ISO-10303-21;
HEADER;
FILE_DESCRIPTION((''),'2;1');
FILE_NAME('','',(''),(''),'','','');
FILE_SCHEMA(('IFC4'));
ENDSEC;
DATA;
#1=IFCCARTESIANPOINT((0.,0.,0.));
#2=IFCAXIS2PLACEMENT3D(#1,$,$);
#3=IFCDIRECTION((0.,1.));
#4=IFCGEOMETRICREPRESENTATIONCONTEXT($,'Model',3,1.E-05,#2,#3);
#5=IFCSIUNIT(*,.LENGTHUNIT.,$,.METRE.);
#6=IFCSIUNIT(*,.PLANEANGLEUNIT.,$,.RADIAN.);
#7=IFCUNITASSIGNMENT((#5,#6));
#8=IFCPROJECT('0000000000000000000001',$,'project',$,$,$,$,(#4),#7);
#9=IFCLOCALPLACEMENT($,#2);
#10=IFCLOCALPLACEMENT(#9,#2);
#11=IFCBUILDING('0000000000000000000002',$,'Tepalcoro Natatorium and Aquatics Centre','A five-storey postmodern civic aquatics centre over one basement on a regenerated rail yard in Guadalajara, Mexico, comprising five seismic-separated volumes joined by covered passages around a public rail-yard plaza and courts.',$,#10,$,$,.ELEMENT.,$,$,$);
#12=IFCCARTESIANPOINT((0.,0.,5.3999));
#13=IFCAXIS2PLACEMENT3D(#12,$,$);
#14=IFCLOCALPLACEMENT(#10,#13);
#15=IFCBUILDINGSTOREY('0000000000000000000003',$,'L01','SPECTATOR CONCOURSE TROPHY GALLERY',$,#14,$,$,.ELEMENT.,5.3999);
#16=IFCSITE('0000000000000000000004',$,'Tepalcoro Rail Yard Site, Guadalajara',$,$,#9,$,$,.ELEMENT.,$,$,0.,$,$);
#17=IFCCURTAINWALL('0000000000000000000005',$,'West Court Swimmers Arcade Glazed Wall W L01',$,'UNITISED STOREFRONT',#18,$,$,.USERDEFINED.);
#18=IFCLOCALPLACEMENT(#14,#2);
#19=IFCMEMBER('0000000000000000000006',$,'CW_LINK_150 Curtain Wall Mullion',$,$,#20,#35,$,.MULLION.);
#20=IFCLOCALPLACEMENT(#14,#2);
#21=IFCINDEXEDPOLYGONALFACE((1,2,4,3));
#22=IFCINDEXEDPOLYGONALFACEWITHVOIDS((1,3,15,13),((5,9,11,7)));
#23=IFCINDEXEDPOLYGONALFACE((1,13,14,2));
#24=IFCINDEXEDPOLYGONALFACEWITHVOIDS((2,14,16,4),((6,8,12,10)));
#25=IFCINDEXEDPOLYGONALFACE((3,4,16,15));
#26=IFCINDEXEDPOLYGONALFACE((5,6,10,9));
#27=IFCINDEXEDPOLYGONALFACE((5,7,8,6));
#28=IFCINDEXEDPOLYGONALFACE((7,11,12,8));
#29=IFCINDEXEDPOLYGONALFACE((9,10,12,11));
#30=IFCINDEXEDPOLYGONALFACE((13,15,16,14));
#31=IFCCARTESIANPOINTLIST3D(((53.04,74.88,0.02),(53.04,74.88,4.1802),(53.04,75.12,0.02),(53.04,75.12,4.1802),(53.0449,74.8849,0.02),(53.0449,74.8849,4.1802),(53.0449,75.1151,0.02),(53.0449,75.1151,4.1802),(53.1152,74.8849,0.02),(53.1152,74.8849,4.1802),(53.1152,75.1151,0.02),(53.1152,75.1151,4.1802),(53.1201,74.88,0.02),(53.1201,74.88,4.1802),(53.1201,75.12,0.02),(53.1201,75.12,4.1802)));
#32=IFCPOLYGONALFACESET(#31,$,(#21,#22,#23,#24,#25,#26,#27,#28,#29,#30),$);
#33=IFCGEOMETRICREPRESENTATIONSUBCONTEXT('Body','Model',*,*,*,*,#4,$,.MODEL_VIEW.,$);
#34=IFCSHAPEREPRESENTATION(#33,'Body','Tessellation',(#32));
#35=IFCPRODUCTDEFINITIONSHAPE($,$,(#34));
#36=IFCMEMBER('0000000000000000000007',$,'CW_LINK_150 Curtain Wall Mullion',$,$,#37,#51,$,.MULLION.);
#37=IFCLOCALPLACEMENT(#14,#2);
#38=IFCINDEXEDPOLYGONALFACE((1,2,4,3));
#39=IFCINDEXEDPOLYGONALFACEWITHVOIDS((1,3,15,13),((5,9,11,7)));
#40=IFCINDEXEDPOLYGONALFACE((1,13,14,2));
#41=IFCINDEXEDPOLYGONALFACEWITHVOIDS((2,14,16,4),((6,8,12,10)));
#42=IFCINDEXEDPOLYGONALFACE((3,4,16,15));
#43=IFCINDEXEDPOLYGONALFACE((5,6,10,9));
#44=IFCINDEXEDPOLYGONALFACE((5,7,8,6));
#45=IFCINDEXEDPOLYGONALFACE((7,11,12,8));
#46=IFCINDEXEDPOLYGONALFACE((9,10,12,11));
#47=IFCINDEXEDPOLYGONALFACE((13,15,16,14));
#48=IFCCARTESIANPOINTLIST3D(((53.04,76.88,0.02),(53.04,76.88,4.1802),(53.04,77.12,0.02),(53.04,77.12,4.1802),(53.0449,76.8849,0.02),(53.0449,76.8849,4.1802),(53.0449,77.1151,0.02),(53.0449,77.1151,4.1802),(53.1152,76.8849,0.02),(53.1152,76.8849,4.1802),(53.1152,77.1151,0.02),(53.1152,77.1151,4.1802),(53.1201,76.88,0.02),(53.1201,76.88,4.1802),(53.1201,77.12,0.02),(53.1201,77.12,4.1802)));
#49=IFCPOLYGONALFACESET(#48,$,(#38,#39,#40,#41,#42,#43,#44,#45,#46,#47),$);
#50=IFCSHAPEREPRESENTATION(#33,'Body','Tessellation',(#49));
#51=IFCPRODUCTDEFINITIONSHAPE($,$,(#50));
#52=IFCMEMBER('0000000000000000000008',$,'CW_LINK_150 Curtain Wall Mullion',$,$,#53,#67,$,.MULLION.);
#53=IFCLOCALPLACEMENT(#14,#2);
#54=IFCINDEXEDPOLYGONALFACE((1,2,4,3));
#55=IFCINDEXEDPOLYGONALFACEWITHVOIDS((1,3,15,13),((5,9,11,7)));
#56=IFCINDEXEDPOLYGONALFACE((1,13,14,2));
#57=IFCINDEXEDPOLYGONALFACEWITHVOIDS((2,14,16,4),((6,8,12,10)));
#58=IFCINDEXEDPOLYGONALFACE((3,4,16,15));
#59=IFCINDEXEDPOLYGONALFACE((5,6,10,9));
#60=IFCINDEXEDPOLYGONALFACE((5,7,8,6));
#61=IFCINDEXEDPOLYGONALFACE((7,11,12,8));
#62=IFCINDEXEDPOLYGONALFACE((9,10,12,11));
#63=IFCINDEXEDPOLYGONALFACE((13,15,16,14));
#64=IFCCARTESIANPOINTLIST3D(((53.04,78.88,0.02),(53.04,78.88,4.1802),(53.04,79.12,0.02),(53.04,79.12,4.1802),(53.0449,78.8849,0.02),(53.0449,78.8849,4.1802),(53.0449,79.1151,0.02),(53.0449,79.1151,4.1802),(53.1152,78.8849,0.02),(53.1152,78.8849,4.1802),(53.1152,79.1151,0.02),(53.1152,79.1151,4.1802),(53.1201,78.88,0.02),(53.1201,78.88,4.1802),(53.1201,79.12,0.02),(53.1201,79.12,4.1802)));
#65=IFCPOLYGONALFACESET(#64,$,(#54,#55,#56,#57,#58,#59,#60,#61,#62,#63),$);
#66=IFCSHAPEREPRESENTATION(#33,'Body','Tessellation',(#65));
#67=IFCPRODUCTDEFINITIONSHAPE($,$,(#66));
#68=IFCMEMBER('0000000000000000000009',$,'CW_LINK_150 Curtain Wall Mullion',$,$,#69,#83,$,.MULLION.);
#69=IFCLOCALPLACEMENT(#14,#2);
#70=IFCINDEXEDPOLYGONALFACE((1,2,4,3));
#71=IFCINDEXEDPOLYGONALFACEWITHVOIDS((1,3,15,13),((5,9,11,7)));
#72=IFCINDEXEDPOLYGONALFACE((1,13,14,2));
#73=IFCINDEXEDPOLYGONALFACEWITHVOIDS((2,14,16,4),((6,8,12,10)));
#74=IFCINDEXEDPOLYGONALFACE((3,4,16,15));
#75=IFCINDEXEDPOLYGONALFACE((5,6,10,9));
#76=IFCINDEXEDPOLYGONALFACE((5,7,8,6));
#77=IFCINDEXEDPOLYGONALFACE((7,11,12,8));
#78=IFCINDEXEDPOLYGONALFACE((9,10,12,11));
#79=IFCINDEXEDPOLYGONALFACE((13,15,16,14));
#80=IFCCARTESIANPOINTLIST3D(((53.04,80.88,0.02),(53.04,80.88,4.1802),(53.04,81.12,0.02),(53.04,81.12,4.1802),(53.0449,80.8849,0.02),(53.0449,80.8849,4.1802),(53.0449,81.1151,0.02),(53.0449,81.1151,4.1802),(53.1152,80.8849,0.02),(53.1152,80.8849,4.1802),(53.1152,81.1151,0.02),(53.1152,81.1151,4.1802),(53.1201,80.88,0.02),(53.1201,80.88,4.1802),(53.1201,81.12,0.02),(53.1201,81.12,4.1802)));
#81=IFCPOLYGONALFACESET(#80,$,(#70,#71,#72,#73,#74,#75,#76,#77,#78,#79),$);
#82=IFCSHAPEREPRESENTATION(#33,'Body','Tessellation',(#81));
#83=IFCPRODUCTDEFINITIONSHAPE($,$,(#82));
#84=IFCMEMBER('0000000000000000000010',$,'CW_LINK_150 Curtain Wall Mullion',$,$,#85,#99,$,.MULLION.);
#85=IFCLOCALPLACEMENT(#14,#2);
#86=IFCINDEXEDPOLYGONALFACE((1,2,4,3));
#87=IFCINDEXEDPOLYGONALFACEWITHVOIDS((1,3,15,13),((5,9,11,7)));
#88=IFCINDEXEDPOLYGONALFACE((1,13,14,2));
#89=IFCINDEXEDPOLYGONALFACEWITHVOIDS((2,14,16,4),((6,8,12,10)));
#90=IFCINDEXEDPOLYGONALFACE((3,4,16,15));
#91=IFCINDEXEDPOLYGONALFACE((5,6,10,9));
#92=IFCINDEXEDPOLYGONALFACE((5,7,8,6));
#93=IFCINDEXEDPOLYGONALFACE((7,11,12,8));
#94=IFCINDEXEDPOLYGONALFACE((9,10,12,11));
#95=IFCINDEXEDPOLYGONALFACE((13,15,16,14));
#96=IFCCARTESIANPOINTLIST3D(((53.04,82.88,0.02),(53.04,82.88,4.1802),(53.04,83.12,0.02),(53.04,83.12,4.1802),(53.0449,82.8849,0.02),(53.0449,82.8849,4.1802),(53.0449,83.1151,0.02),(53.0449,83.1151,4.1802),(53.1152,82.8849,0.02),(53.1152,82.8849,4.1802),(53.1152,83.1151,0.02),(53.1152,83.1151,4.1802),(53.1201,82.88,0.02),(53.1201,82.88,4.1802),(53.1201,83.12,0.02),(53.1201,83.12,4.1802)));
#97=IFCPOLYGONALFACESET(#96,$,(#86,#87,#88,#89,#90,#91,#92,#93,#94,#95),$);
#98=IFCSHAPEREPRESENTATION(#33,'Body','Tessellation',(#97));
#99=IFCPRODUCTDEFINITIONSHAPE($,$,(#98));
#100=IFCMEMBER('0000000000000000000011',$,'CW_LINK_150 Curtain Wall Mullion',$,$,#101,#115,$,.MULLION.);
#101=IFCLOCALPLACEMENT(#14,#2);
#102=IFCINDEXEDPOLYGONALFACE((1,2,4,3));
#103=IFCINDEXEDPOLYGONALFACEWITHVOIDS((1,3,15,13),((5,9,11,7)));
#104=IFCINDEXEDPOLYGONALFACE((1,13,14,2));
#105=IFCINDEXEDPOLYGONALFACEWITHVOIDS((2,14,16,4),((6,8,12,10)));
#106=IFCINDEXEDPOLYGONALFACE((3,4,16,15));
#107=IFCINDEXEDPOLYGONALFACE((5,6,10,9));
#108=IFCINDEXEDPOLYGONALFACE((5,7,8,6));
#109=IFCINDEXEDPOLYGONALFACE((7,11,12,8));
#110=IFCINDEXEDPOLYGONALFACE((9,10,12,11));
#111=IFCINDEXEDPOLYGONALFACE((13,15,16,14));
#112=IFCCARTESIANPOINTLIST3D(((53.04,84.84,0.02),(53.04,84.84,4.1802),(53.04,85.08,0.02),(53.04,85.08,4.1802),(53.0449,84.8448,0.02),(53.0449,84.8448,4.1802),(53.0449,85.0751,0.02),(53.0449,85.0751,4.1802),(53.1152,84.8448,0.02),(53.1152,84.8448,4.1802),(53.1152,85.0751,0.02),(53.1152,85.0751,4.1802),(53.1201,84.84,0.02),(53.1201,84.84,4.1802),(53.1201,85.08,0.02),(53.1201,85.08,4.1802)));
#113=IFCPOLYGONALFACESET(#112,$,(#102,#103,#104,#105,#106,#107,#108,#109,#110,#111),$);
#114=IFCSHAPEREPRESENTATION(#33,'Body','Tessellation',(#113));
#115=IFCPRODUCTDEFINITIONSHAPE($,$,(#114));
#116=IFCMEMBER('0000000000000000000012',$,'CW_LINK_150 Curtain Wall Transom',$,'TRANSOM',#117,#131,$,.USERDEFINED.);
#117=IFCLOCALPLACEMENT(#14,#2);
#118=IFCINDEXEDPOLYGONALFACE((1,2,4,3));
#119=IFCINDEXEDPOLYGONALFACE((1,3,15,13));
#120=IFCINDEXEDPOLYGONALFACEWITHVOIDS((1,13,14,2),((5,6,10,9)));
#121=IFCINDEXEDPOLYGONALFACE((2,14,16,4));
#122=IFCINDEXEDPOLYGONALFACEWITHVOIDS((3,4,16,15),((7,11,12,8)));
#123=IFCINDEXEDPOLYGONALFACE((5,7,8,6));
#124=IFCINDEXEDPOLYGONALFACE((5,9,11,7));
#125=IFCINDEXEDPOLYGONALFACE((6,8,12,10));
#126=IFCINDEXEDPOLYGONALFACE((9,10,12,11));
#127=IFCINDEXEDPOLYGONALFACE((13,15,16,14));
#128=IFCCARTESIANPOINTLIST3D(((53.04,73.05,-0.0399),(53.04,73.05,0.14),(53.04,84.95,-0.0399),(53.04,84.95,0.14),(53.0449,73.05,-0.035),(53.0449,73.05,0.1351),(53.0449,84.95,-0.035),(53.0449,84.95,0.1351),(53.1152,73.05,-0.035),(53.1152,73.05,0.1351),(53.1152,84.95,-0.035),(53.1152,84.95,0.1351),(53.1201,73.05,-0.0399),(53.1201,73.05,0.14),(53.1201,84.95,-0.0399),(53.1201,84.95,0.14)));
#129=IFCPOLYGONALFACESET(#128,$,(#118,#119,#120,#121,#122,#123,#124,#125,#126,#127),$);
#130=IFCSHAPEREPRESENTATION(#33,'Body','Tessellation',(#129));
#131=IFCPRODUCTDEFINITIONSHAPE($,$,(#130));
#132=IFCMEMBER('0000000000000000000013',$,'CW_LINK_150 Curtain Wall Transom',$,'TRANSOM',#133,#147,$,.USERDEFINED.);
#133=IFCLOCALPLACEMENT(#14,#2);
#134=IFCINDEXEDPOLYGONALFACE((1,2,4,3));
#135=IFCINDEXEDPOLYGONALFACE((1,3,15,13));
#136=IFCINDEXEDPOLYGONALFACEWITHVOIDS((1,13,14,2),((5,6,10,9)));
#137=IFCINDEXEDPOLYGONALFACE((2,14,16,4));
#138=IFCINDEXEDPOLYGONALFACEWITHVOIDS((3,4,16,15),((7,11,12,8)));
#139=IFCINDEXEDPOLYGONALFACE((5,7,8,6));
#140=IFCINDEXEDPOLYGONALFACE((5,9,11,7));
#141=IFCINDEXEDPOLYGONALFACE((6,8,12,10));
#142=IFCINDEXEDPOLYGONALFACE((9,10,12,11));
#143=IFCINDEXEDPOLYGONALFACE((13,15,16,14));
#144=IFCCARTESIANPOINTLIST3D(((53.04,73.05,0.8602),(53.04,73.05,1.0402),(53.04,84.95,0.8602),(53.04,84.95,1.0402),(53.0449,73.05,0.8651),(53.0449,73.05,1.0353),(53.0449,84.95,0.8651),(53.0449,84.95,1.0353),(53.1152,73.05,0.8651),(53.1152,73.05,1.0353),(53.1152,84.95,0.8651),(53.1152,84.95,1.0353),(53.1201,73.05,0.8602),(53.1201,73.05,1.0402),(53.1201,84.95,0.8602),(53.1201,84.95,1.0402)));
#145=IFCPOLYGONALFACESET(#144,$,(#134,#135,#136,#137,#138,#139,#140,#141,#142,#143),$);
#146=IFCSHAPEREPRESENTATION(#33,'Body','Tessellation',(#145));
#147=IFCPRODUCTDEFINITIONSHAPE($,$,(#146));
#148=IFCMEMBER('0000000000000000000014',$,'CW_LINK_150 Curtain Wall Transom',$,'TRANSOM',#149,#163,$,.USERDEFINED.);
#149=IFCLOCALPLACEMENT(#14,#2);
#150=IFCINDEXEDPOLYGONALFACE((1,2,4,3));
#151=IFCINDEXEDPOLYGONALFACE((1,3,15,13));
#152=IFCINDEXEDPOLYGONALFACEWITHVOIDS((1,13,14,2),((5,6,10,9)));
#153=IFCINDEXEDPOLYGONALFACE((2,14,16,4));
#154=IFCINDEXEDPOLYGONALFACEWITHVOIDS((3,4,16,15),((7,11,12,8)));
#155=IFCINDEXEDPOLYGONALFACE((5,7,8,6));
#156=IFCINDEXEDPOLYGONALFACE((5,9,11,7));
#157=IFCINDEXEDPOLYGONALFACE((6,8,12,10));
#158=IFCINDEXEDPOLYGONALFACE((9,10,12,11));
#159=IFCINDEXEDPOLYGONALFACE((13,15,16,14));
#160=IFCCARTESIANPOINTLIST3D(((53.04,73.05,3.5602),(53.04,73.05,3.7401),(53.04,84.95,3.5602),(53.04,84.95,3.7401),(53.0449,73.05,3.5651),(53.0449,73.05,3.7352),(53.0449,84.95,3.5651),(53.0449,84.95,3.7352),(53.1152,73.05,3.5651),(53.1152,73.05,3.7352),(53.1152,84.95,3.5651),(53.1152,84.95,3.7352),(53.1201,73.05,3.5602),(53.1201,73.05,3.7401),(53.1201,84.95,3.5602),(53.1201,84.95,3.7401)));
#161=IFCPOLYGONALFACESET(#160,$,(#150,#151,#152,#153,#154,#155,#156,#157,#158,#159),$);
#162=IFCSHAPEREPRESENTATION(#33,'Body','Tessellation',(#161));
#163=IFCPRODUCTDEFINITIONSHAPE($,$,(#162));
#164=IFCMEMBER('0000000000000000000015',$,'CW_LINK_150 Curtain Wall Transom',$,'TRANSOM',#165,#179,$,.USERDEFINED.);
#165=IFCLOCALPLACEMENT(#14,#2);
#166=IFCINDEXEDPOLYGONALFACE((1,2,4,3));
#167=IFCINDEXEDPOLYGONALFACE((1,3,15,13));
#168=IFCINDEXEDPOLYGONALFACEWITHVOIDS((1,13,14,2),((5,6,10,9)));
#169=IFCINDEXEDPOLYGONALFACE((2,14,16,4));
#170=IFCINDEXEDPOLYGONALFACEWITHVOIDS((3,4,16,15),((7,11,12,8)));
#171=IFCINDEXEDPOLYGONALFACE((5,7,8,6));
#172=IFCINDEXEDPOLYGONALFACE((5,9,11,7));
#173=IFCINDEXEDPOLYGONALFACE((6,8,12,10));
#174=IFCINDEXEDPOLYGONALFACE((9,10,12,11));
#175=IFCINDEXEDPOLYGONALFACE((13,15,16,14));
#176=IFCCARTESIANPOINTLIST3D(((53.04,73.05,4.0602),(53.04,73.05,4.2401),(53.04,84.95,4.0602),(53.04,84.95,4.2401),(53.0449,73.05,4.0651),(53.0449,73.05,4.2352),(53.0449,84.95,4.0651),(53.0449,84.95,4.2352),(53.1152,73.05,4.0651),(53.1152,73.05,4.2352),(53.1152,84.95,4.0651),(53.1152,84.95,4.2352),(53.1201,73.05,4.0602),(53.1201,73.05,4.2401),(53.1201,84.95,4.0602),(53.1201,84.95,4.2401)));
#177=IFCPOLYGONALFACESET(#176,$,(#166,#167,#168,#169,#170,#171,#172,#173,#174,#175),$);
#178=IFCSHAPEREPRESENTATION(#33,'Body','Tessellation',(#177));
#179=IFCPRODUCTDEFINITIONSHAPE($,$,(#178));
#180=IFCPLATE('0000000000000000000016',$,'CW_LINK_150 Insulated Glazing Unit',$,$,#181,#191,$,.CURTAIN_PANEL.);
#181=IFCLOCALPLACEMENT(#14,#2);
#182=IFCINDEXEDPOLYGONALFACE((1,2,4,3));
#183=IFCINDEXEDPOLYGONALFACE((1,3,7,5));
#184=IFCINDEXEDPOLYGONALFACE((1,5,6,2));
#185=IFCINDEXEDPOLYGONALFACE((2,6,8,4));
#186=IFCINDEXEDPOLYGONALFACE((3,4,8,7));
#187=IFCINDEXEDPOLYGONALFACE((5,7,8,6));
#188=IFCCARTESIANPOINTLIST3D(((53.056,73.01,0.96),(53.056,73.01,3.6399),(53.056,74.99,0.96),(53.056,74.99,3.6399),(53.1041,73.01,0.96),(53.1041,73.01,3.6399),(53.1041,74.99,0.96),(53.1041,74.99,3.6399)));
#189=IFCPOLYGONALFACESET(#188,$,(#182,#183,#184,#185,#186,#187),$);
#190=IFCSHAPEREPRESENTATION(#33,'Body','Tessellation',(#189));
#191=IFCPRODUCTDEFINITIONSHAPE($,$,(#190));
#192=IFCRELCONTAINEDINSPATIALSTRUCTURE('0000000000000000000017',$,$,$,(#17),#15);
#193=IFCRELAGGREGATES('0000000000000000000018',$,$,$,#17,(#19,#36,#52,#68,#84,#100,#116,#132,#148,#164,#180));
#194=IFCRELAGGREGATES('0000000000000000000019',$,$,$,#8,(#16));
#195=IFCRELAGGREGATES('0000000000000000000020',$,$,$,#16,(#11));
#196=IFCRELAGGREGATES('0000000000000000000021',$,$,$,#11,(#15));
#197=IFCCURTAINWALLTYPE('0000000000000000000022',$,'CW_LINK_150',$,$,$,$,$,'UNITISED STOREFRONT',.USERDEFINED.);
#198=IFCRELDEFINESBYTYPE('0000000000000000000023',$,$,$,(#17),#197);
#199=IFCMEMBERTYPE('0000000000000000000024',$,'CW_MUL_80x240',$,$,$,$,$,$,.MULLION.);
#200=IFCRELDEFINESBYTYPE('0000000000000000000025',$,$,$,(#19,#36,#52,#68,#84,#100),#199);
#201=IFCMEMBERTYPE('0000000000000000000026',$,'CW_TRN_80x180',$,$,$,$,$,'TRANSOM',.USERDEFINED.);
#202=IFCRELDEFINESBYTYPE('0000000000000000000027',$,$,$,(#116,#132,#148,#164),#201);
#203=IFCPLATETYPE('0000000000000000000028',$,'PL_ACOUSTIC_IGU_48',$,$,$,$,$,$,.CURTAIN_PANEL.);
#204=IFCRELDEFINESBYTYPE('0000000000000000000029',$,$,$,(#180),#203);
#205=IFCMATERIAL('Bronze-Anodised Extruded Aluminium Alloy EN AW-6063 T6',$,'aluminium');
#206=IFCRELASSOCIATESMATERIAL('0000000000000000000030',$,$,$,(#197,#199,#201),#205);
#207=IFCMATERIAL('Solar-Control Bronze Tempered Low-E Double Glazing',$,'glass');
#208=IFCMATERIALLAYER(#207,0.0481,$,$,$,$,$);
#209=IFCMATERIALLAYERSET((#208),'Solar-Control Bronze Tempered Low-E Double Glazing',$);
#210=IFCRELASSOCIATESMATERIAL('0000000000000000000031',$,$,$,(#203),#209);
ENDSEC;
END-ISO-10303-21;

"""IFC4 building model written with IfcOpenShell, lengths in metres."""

from ifc_helpers import new_model, si_unit, direction, frame, origin, origin_2d, place, context, subcontext, project, spatial, rectangle, hollow_rectangle, extrude, material, layer, layer_set, material_profile, profile_set, type_object, element, aggregate, save


model = new_model("IFC4")

# Units and contexts
model_context = context("Model", 3, precision=1e-05, world=origin(), true_north=direction((0.0, 1.0)))
body_context = subcontext(model_context, "Body", "Model", "MODEL_VIEW")
ifc_project = project(units=[si_unit("LENGTHUNIT", "METRE"), si_unit("PLANEANGLEUNIT", "RADIAN")], contexts=[model_context])

# Site, building, storey
site_placement = place(None, origin())
site = spatial("IfcSite", under=ifc_project, at=site_placement, Name="Tepalcoro Rail Yard Site, Guadalajara", CompositionType="ELEMENT", RefElevation=0.0)
building_placement = place(site_placement, origin())
building = spatial("IfcBuilding", under=site, at=building_placement, Name="Tepalcoro Natatorium and Aquatics Centre", Description="A five-storey postmodern civic aquatics centre over one basement on a regenerated rail yard in Guadalajara, Mexico, comprising five seismic-separated volumes joined by covered passages around a public rail-yard plaza and courts.", CompositionType="ELEMENT")
storey_placement = place(building_placement, frame((0.0, 0.0, 5.3999)))
storey = spatial("IfcBuildingStorey", under=building, at=storey_placement, Name="L01", Description="SPECTATOR CONCOURSE TROPHY GALLERY", CompositionType="ELEMENT", Elevation=5.3999)

# Curtain wall, members, plate
ifc_material_1 = material(Name="Bronze-Anodised Extruded Aluminium Alloy EN AW-6063 T6", Category="aluminium")
curtain_wall_type = type_object("IfcCurtainWallType", Name="CW_LINK_150", ElementType="UNITISED STOREFRONT", PredefinedType="USERDEFINED", material=ifc_material_1)
curtain_wall_placement = place(storey_placement, origin())
curtain_wall = element("IfcCurtainWall", 1, at=curtain_wall_placement, inside=storey, type_object=curtain_wall_type, Name="West Court Swimmers Arcade Glazed Wall W L01", ObjectType="UNITISED STOREFRONT", PredefinedType="USERDEFINED")
ifc_material_profile_1 = material_profile(ifc_material_1, hollow_rectangle(XDim=0.0801, YDim=0.24, WallThickness=0.0049, at=origin_2d()), Name="AL80X240X5")
ifc_profile_set_1 = profile_set([ifc_material_profile_1], Name="Bronze-Anodised Extruded Aluminium Alloy EN AW-6063 T6")
member_type_1 = type_object("IfcMemberType", Name="CW_MUL_80x240", PredefinedType="MULLION", material=ifc_profile_set_1)
member_1_placement = place(storey_placement, frame((53.0801, 75.0, 0.02), z_axis=(0.0, 0.0, 1.0), x_axis=(1.0, 0.0, 0.0)))
member_1 = element("IfcMember", 2, at=member_1_placement, type_object=member_type_1, Name="CW_LINK_150 Curtain Wall Mullion", PredefinedType="MULLION", context=body_context, shape_type="SweptSolid", body=[
    extrude(hollow_rectangle(XDim=0.0801, YDim=0.24, WallThickness=0.0049, at=origin_2d()), origin(), (0.0, 0.0, 1.0), 4.1602),
])
member_2_placement = place(storey_placement, frame((53.0801, 77.0, 0.02), z_axis=(0.0, 0.0, 1.0), x_axis=(1.0, 0.0, 0.0)))
member_2 = element("IfcMember", 3, at=member_2_placement, type_object=member_type_1, Name="CW_LINK_150 Curtain Wall Mullion", PredefinedType="MULLION", context=body_context, shape_type="SweptSolid", body=[
    extrude(hollow_rectangle(XDim=0.0801, YDim=0.24, WallThickness=0.0049, at=origin_2d()), origin(), (0.0, 0.0, 1.0), 4.1602),
])
member_3_placement = place(storey_placement, frame((53.0801, 79.0, 0.02), z_axis=(0.0, 0.0, 1.0), x_axis=(1.0, 0.0, 0.0)))
member_3 = element("IfcMember", 4, at=member_3_placement, type_object=member_type_1, Name="CW_LINK_150 Curtain Wall Mullion", PredefinedType="MULLION", context=body_context, shape_type="SweptSolid", body=[
    extrude(hollow_rectangle(XDim=0.0801, YDim=0.24, WallThickness=0.0049, at=origin_2d()), origin(), (0.0, 0.0, 1.0), 4.1602),
])
member_4_placement = place(storey_placement, frame((53.0801, 81.0, 0.02), z_axis=(0.0, 0.0, 1.0), x_axis=(1.0, 0.0, 0.0)))
member_4 = element("IfcMember", 5, at=member_4_placement, type_object=member_type_1, Name="CW_LINK_150 Curtain Wall Mullion", PredefinedType="MULLION", context=body_context, shape_type="SweptSolid", body=[
    extrude(hollow_rectangle(XDim=0.0801, YDim=0.24, WallThickness=0.0049, at=origin_2d()), origin(), (0.0, 0.0, 1.0), 4.1602),
])
member_5_placement = place(storey_placement, frame((53.0801, 83.0, 0.02), z_axis=(0.0, 0.0, 1.0), x_axis=(1.0, 0.0, 0.0)))
member_5 = element("IfcMember", 6, at=member_5_placement, type_object=member_type_1, Name="CW_LINK_150 Curtain Wall Mullion", PredefinedType="MULLION", context=body_context, shape_type="SweptSolid", body=[
    extrude(hollow_rectangle(XDim=0.0801, YDim=0.24, WallThickness=0.0049, at=origin_2d()), origin(), (0.0, 0.0, 1.0), 4.1602),
])
member_6_placement = place(storey_placement, frame((53.0801, 84.96, 0.02), z_axis=(0.0, 0.0, 1.0), x_axis=(1.0, 0.0, 0.0)))
member_6 = element("IfcMember", 7, at=member_6_placement, type_object=member_type_1, Name="CW_LINK_150 Curtain Wall Mullion", PredefinedType="MULLION", context=body_context, shape_type="SweptSolid", body=[
    extrude(hollow_rectangle(XDim=0.0801, YDim=0.24, WallThickness=0.0049, at=origin_2d()), origin(), (0.0, 0.0, 1.0), 4.1602),
])
ifc_material_profile_2 = material_profile(ifc_material_1, hollow_rectangle(XDim=0.0801, YDim=0.1799, WallThickness=0.0049, at=origin_2d()), Name="AL80X180X5")
ifc_profile_set_2 = profile_set([ifc_material_profile_2], Name="Bronze-Anodised Extruded Aluminium Alloy EN AW-6063 T6")
member_type_2 = type_object("IfcMemberType", Name="CW_TRN_80x180", ElementType="TRANSOM", PredefinedType="USERDEFINED", material=ifc_profile_set_2)
member_7_placement = place(storey_placement, frame((53.0801, 73.05, 0.05), z_axis=(0.0, 1.0, 0.0), x_axis=(-1.0, 0.0, 0.0)))
member_7 = element("IfcMember", 8, at=member_7_placement, type_object=member_type_2, Name="CW_LINK_150 Curtain Wall Transom", ObjectType="TRANSOM", PredefinedType="USERDEFINED", context=body_context, shape_type="SweptSolid", body=[
    extrude(hollow_rectangle(XDim=0.0801, YDim=0.1799, WallThickness=0.0049, at=origin_2d()), origin(), (0.0, 0.0, 1.0), 11.8999),
])
member_8_placement = place(storey_placement, frame((53.0801, 73.05, 0.9502), z_axis=(0.0, 1.0, 0.0), x_axis=(-1.0, 0.0, 0.0)))
member_8 = element("IfcMember", 9, at=member_8_placement, type_object=member_type_2, Name="CW_LINK_150 Curtain Wall Transom", ObjectType="TRANSOM", PredefinedType="USERDEFINED", context=body_context, shape_type="SweptSolid", body=[
    extrude(hollow_rectangle(XDim=0.0801, YDim=0.1799, WallThickness=0.0049, at=origin_2d()), origin(), (0.0, 0.0, 1.0), 11.8999),
])
member_9_placement = place(storey_placement, frame((53.0801, 73.05, 3.6501), z_axis=(0.0, 1.0, 0.0), x_axis=(-1.0, 0.0, 0.0)))
member_9 = element("IfcMember", 10, at=member_9_placement, type_object=member_type_2, Name="CW_LINK_150 Curtain Wall Transom", ObjectType="TRANSOM", PredefinedType="USERDEFINED", context=body_context, shape_type="SweptSolid", body=[
    extrude(hollow_rectangle(XDim=0.0801, YDim=0.1799, WallThickness=0.0049, at=origin_2d()), origin(), (0.0, 0.0, 1.0), 11.8999),
])
member_10_placement = place(storey_placement, frame((53.0801, 73.05, 4.1501), z_axis=(0.0, 1.0, 0.0), x_axis=(-1.0, 0.0, 0.0)))
member_10 = element("IfcMember", 11, at=member_10_placement, type_object=member_type_2, Name="CW_LINK_150 Curtain Wall Transom", ObjectType="TRANSOM", PredefinedType="USERDEFINED", context=body_context, shape_type="SweptSolid", body=[
    extrude(hollow_rectangle(XDim=0.0801, YDim=0.1799, WallThickness=0.0049, at=origin_2d()), origin(), (0.0, 0.0, 1.0), 11.8999),
])
ifc_material_2 = material(Name="Solar-Control Bronze Tempered Low-E Double Glazing", Category="glass")
ifc_layer_1 = layer(ifc_material_2, 0.0481)
ifc_layer_set_1 = layer_set([ifc_layer_1], Name="Solar-Control Bronze Tempered Low-E Double Glazing")
plate_type_1 = type_object("IfcPlateType", Name="PL_ACOUSTIC_IGU_48", PredefinedType="CURTAIN_PANEL", material=ifc_layer_set_1)
plate_1_placement = place(storey_placement, frame((53.0801, 74.0, 0.96), z_axis=(0.0, 0.0, 1.0), x_axis=(1.0, 0.0, 0.0)))
plate_1 = element("IfcPlate", 12, at=plate_1_placement, type_object=plate_type_1, Name="CW_LINK_150 Insulated Glazing Unit", PredefinedType="CURTAIN_PANEL", context=body_context, shape_type="SweptSolid", body=[
    extrude(rectangle(XDim=0.0481, YDim=1.98, at=origin_2d()), origin(), (0.0, 0.0, 1.0), 2.6799),
])
aggregate(curtain_wall, [member_1, member_2, member_3, member_4, member_5, member_6, member_7, member_8, member_9, member_10, plate_1])

save(model, "model.ifc")
